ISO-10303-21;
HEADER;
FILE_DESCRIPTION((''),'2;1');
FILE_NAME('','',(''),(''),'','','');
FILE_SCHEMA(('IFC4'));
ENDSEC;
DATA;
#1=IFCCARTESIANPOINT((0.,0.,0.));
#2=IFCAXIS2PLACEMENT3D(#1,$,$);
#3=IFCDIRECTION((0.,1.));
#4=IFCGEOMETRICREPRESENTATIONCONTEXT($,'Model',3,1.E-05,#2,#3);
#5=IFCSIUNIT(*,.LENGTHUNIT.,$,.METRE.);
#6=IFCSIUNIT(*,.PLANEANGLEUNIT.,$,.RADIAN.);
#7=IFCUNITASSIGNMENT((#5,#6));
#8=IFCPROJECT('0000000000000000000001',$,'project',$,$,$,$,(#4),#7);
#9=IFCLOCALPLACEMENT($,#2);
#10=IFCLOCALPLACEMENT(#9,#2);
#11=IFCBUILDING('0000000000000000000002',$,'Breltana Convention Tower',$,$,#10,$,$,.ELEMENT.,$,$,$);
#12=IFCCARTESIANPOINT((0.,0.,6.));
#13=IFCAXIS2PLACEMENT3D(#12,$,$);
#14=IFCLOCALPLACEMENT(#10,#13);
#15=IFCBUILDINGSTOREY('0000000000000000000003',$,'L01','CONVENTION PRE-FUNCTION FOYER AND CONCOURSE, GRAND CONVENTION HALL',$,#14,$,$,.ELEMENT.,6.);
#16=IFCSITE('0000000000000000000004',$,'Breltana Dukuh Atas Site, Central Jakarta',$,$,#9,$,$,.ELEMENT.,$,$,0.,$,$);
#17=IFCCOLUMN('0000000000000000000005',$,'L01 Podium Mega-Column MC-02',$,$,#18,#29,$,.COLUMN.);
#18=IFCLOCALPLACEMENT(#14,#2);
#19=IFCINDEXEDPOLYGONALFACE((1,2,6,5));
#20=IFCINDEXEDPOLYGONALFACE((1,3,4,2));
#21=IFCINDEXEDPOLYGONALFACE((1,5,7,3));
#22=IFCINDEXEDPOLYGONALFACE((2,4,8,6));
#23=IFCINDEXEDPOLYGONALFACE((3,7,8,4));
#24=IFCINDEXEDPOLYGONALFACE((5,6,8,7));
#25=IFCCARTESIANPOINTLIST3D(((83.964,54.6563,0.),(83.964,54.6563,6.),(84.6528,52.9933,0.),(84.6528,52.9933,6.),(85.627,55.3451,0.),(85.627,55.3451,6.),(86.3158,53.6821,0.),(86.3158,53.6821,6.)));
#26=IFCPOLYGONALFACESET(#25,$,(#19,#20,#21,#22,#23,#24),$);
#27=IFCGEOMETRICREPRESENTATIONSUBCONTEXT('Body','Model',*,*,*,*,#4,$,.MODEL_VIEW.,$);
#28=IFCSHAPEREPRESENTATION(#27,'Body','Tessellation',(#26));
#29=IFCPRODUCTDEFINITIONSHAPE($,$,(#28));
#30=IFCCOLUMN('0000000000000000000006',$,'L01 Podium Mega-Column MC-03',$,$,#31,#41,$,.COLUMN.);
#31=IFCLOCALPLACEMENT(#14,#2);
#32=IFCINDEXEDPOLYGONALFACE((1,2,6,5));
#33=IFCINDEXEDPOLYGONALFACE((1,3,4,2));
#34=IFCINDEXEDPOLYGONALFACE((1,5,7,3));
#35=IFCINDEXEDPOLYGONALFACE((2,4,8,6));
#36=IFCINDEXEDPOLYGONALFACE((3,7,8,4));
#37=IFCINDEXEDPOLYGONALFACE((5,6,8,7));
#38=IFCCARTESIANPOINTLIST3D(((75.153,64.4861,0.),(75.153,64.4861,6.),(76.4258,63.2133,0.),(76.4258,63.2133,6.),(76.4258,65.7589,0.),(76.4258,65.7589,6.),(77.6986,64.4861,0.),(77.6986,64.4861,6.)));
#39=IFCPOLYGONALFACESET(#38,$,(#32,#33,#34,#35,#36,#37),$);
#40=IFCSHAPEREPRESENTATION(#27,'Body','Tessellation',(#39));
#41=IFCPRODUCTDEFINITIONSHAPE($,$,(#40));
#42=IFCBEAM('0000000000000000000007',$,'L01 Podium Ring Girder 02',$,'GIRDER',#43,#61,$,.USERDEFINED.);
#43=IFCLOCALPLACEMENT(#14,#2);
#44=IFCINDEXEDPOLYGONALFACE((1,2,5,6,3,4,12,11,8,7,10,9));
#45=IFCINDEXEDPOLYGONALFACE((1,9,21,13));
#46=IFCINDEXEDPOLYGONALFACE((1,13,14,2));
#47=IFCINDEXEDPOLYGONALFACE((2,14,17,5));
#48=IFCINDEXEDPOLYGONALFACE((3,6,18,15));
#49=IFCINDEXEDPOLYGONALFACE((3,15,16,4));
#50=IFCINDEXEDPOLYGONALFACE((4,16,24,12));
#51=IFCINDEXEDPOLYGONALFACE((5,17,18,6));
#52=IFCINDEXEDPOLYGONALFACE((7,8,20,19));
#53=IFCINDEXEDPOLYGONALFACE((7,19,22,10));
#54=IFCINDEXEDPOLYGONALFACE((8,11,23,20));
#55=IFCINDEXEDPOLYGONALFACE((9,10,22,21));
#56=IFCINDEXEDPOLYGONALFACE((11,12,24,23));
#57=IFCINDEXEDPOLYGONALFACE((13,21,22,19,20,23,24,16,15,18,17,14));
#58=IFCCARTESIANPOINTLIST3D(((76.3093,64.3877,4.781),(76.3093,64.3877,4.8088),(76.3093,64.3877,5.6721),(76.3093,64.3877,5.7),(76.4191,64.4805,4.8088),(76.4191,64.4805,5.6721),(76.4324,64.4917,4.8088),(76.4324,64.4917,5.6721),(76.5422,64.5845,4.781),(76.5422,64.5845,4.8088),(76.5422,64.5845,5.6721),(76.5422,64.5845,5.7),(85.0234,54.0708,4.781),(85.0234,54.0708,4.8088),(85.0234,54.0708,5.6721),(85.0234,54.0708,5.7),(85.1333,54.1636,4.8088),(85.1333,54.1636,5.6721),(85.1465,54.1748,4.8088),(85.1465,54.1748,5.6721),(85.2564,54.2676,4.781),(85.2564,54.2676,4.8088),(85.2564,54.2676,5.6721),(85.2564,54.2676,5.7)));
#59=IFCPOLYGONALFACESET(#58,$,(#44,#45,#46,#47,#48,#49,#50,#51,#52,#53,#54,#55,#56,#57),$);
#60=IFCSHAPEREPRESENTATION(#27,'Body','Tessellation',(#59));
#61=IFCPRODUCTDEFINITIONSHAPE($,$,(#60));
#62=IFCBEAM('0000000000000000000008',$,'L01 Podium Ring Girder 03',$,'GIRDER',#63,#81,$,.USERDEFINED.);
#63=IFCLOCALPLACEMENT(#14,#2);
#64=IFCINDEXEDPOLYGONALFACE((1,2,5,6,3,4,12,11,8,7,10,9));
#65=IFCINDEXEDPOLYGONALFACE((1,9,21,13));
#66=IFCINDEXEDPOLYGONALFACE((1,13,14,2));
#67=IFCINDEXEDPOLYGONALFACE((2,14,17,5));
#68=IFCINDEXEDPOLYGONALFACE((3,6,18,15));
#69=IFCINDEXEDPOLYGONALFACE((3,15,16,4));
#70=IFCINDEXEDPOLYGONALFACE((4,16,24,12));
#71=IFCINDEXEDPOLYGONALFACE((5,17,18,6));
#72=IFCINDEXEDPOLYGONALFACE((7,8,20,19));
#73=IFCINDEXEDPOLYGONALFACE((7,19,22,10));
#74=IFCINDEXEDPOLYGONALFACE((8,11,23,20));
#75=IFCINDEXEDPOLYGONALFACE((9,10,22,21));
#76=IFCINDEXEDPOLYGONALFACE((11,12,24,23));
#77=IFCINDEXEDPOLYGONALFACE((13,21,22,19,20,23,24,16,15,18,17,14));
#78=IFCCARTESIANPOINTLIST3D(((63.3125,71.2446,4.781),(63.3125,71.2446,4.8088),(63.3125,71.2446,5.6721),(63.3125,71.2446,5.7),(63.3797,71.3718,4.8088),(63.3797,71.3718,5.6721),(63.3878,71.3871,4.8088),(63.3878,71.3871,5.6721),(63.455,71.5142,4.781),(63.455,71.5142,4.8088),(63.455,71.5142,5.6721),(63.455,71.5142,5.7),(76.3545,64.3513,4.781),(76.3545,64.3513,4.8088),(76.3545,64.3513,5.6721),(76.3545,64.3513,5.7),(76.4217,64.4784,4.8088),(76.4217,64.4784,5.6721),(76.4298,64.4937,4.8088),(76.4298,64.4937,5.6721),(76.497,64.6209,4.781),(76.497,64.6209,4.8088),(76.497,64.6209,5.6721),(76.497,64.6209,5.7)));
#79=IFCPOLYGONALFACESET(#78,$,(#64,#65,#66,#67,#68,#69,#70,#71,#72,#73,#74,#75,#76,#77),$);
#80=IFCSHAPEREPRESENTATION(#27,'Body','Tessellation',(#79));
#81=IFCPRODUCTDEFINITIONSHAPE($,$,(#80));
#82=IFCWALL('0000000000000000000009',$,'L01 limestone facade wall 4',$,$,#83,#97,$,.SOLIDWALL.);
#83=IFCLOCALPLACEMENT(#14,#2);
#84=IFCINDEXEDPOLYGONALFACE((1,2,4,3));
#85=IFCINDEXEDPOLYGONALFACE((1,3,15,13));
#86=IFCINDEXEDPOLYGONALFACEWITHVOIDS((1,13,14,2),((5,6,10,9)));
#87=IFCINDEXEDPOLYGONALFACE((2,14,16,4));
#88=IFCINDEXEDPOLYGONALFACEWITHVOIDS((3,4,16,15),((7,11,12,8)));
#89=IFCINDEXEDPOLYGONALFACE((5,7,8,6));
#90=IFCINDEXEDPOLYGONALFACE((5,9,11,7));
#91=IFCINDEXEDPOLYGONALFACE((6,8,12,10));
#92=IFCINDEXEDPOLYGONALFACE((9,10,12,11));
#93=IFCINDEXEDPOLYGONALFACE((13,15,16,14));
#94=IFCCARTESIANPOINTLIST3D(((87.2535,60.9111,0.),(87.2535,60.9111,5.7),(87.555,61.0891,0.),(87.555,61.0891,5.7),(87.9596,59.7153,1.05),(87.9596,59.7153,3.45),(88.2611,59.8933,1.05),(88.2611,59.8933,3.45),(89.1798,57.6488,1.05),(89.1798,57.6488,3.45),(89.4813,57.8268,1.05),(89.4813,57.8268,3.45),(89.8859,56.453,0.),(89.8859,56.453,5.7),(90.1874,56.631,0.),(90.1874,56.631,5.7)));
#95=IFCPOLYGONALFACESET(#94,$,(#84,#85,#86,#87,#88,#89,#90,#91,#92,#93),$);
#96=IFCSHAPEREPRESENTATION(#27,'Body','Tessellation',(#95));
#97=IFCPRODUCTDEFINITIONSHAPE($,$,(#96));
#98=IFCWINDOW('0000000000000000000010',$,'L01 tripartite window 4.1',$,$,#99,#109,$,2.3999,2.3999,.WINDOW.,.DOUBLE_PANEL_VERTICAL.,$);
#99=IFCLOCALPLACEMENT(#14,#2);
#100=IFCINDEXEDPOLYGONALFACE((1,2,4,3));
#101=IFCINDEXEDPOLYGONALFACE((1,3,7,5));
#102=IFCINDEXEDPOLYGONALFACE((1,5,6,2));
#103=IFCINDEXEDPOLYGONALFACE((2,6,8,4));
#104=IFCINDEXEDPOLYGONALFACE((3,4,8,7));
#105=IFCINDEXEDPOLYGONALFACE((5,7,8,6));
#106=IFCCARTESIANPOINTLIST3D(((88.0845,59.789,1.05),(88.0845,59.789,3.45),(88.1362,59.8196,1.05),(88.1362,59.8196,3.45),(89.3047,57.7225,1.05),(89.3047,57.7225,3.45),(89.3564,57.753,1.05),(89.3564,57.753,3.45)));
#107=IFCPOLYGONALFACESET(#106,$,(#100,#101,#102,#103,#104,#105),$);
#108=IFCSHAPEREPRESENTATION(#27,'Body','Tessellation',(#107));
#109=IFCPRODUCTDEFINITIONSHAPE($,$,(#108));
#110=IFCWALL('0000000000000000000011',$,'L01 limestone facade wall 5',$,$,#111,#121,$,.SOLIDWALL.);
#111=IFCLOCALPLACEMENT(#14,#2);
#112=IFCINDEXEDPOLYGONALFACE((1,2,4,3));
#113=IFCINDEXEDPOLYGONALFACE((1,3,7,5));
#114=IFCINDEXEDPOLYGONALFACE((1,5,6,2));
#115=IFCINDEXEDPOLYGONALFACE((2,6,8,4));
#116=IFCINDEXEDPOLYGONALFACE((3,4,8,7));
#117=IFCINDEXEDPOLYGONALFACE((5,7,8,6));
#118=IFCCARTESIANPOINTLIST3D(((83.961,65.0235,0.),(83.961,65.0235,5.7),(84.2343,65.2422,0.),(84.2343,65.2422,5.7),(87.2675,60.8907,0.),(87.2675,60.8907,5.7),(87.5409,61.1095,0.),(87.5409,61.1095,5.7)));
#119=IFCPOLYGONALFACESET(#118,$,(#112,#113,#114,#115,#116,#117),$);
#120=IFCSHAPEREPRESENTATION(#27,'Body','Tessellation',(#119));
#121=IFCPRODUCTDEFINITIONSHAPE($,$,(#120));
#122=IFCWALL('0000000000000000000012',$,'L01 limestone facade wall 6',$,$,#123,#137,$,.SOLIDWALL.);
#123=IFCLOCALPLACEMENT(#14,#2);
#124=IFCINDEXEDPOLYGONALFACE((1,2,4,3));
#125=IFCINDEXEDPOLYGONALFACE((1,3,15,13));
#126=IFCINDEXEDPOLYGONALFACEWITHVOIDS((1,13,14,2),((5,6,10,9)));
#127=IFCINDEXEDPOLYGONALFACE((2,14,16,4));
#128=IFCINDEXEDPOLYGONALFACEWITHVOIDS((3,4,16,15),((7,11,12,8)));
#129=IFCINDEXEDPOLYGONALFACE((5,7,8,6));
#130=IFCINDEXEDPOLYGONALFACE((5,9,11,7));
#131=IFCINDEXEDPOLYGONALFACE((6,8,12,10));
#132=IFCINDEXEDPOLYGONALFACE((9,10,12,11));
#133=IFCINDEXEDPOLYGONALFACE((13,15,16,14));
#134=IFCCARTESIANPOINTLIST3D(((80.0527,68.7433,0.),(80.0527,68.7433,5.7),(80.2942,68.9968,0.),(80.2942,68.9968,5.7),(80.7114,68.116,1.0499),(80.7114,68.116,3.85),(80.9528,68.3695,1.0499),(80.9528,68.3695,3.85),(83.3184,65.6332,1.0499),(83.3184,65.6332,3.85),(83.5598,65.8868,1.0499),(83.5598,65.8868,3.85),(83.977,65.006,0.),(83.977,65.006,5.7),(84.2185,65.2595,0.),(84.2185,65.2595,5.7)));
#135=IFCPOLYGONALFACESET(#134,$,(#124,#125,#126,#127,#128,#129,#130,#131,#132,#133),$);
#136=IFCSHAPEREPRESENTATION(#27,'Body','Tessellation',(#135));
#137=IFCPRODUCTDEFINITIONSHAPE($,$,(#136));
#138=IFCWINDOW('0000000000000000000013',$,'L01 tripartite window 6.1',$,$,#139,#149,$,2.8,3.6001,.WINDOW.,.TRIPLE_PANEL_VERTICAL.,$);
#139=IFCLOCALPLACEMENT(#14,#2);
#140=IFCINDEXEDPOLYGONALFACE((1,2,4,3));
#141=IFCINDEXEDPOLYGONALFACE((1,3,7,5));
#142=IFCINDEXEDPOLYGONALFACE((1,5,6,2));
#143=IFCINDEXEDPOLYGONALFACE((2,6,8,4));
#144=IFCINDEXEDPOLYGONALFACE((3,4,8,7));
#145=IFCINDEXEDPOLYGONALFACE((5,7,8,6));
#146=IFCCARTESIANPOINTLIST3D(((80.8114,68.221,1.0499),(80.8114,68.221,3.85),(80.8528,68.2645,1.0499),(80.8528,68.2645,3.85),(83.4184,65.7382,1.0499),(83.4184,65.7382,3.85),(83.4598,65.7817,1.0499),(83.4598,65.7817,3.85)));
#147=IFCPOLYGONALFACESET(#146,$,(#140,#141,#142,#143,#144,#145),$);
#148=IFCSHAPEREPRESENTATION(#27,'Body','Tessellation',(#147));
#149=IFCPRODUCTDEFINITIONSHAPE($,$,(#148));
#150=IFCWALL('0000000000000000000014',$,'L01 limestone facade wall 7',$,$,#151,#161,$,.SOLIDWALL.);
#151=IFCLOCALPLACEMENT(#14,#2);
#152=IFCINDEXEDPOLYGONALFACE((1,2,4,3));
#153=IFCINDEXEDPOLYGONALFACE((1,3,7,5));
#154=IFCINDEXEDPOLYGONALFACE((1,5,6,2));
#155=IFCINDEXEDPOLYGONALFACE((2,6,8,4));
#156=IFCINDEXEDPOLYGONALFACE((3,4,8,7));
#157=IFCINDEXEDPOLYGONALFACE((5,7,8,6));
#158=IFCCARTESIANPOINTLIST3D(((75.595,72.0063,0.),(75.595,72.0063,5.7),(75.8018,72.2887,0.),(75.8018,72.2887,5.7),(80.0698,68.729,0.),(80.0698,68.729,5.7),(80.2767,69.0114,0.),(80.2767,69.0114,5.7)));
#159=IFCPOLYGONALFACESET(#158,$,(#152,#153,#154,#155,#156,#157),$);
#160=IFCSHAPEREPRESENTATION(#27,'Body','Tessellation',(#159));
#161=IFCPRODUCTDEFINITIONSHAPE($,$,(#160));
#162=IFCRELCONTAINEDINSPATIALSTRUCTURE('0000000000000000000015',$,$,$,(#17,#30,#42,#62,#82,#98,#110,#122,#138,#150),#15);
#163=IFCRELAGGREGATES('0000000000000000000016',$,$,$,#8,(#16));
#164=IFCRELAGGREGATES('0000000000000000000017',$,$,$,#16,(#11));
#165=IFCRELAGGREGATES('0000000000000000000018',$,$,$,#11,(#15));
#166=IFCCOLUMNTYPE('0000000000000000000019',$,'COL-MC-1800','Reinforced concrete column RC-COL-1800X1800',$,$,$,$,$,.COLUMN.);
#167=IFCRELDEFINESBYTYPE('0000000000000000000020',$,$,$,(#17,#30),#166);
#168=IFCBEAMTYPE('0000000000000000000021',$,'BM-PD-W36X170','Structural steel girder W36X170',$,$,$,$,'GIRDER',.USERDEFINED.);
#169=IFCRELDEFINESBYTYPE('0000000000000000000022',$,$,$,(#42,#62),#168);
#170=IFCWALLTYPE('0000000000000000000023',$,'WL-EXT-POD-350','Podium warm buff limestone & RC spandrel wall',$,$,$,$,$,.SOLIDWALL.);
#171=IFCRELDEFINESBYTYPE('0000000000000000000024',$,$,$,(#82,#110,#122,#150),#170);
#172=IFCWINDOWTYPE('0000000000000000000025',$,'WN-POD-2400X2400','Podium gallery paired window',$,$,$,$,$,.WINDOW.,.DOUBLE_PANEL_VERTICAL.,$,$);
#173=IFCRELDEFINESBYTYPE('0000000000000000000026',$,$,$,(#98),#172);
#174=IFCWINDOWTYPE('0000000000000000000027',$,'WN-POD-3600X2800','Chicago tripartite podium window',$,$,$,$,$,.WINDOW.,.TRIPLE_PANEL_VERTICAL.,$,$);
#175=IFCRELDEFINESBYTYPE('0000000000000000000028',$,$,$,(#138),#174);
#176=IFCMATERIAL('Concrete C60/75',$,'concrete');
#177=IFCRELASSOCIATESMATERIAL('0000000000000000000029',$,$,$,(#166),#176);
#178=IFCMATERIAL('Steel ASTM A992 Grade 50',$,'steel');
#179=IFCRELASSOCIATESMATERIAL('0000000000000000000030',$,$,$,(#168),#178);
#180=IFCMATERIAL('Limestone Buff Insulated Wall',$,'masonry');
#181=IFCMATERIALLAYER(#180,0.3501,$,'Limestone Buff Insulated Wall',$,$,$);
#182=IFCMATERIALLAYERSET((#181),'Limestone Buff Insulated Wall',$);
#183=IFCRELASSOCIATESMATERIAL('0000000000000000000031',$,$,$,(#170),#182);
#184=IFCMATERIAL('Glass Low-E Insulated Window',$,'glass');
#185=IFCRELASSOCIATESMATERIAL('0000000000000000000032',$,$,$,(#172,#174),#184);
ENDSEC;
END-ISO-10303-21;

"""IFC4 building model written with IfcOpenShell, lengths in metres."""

from ifc_helpers import new_model, si_unit, direction, frame, frame_2d, origin, origin_2d, place, context, subcontext, project, spatial, rectangle, i_section, extrude, source, transform, mapped, material, layer, layer_set, material_profile, profile_set, type_object, type_shapes, element, fill, save


model = new_model("IFC4")

# Units and contexts
model_context = context("Model", 3, precision=1e-05, world=origin(), true_north=direction((0.0, 1.0)))
body_context = subcontext(model_context, "Body", "Model", "MODEL_VIEW")
ifc_project = project(units=[si_unit("LENGTHUNIT", "METRE"), si_unit("PLANEANGLEUNIT", "RADIAN")], contexts=[model_context])

# Site, building, storey
site_placement = place(None, origin())
site = spatial("IfcSite", under=ifc_project, at=site_placement, Name="Breltana Dukuh Atas Site, Central Jakarta", CompositionType="ELEMENT", RefElevation=0.0)
building_placement = place(site_placement, origin())
building = spatial("IfcBuilding", under=site, at=building_placement, Name="Breltana Convention Tower", CompositionType="ELEMENT")
storey_placement = place(building_placement, frame((0.0, 0.0, 6.0)))
storey = spatial("IfcBuildingStorey", under=building, at=storey_placement, Name="L01", Description="CONVENTION PRE-FUNCTION FOYER AND CONCOURSE, GRAND CONVENTION HALL", CompositionType="ELEMENT", Elevation=6.0)

# Columns
ifc_material_1 = material(Name="Concrete C60/75", Category="concrete")
ifc_material_profile_1 = material_profile(ifc_material_1, rectangle(XDim=1.8, YDim=1.8, at=origin_2d()), Name="RC-COL-1800X1800")
ifc_profile_set_1 = profile_set([ifc_material_profile_1], Name="Concrete C60/75")
column_type = type_object("IfcColumnType", Name="COL-MC-1800", Description="Reinforced concrete column RC-COL-1800X1800", PredefinedType="COLUMN", material=ifc_profile_set_1)
shared_shape_1 = source(origin(), body_context, "Body", "SweptSolid", [
    extrude(rectangle(XDim=1.8, YDim=1.8, at=origin_2d()), origin(), (0.0, 0.0, 1.0), 6.0),
])
type_shapes(column_type, [shared_shape_1])
for number, where, z_axis, x_axis, name in (
    (1, (85.1399, 54.1692, 0.0), (0.0, 0.0, 1.0), (0.92388, 0.382683, 0.0), "L01 Podium Mega-Column MC-02"),
    (2, (76.4258, 64.4861, 0.0), (0.0, 0.0, 1.0), (0.707107, 0.707107, 0.0), "L01 Podium Mega-Column MC-03"),
):
    element("IfcColumn", number, at=place(storey_placement, frame(where, z_axis=z_axis, x_axis=x_axis)), inside=storey, type_object=column_type, Name=name, PredefinedType="COLUMN", context=body_context, shape_type="MappedRepresentation", body=[
        mapped(shared_shape_1, transform((0.0, 0.0, 0.0), scale=1.0)),
    ])

# Beams
ifc_material_2 = material(Name="Steel ASTM A992 Grade 50", Category="steel")
ifc_material_profile_2 = material_profile(ifc_material_2, i_section(OverallWidth=0.3049, OverallDepth=0.9189, WebThickness=0.0173, FlangeThickness=0.0278, at=origin_2d()), Name="W36X170")
ifc_profile_set_2 = profile_set([ifc_material_profile_2], Name="Steel ASTM A992 Grade 50")
beam_type = type_object("IfcBeamType", Name="BM-PD-W36X170", Description="Structural steel girder W36X170", ElementType="GIRDER", PredefinedType="USERDEFINED", material=ifc_profile_set_2)
shared_shape_2 = source(origin(), body_context, "Body", "SweptSolid", [
    extrude(i_section(OverallWidth=0.3049, OverallDepth=0.9189, WebThickness=0.0173, FlangeThickness=0.0278, at=origin_2d()), origin(), (0.0, 0.0, 1.0), 13.5046),
])
beam_1_placement = place(storey_placement, frame((85.1399, 54.1692, 5.2405), z_axis=(-0.64527, 0.763954, 0.0), x_axis=(-0.763954, -0.64527, 0.0)))
element("IfcBeam", 3, at=beam_1_placement, inside=storey, type_object=beam_type, Name="L01 Podium Ring Girder 02", ObjectType="GIRDER", PredefinedType="USERDEFINED", context=body_context, shape_type="MappedRepresentation", body=[
    mapped(shared_shape_2, transform((0.0, 0.0, 0.0), scale=1.0)),
])
shared_shape_3 = source(origin(), body_context, "Body", "SweptSolid", [
    extrude(i_section(OverallWidth=0.3049, OverallDepth=0.9189, WebThickness=0.0173, FlangeThickness=0.0278, at=origin_2d()), origin(), (0.0, 0.0, 1.0), 14.7517),
])
beam_2_placement = place(storey_placement, frame((76.4258, 64.4861, 5.2405), z_axis=(-0.884104, 0.467291, 0.0), x_axis=(-0.467291, -0.884104, 0.0)))
element("IfcBeam", 4, at=beam_2_placement, inside=storey, type_object=beam_type, Name="L01 Podium Ring Girder 03", ObjectType="GIRDER", PredefinedType="USERDEFINED", context=body_context, shape_type="MappedRepresentation", body=[
    mapped(shared_shape_3, transform((0.0, 0.0, 0.0), scale=1.0)),
])

# Wall, opening, window
ifc_material_3 = material(Name="Limestone Buff Insulated Wall", Category="masonry")
ifc_layer_1 = layer(ifc_material_3, 0.3501, Name="Limestone Buff Insulated Wall")
ifc_layer_set_1 = layer_set([ifc_layer_1], Name="Limestone Buff Insulated Wall")
wall_type_1 = type_object("IfcWallType", Name="WL-EXT-POD-350", Description="Podium warm buff limestone & RC spandrel wall", PredefinedType="SOLIDWALL", material=ifc_layer_set_1)
shared_shape_4 = source(origin(), body_context, "Body", "SweptSolid", [
    extrude(rectangle(XDim=5.1772, YDim=0.3501, at=frame_2d((2.5886, 0.0))), origin(), (0.0, 0.0, 1.0), 5.7),
])
wall_1_placement = place(storey_placement, frame((90.0366, 56.542, 0.0), z_axis=(0.0, 0.0, 1.0), x_axis=(-0.50845, 0.861092, 0.0)))
wall_1 = element("IfcWall", 5, at=wall_1_placement, inside=storey, type_object=wall_type_1, Name="L01 limestone facade wall 4", PredefinedType="SOLIDWALL", context=body_context, shape_type="MappedRepresentation", body=[
    mapped(shared_shape_4, transform((0.0, 0.0, 0.0), scale=1.0)),
])
opening_1_placement = place(wall_1_placement, frame((1.3887, 0.0, 1.05)))
opening_1 = element("IfcOpeningElement", 6, at=opening_1_placement, cuts=wall_1, PredefinedType="OPENING", context=body_context, shape_type="SweptSolid", body=[
    extrude(rectangle(XDim=2.3999, YDim=2.3999, at=frame_2d((1.2, 1.2))), frame((0.0, 0.1851, 0.0), z_axis=(0.0, -1.0, 0.0), x_axis=(1.0, 0.0, 0.0)), (0.0, 0.0, 1.0), 0.3701),
])
ifc_material_4 = material(Name="Glass Low-E Insulated Window", Category="glass")
window_type_1 = type_object("IfcWindowType", Name="WN-POD-2400X2400", Description="Podium gallery paired window", PartitioningType="DOUBLE_PANEL_VERTICAL", PredefinedType="WINDOW", material=ifc_material_4)
shared_shape_5 = source(origin(), body_context, "Body", "SweptSolid", [
    extrude(rectangle(XDim=2.3999, YDim=2.3999, at=frame_2d((1.2, 1.2))), frame((0.0, 0.03, 0.0), z_axis=(0.0, -1.0, 0.0), x_axis=(1.0, 0.0, 0.0)), (0.0, 0.0, 1.0), 0.0601),
])
type_shapes(window_type_1, [shared_shape_5])
window_1_placement = place(opening_1_placement, origin())
window_1 = element("IfcWindow", 7, at=window_1_placement, inside=storey, type_object=window_type_1, Name="L01 tripartite window 4.1", OverallHeight=2.3999, OverallWidth=2.3999, PartitioningType="DOUBLE_PANEL_VERTICAL", PredefinedType="WINDOW", context=body_context, shape_type="MappedRepresentation", body=[
    mapped(shared_shape_5, transform((0.0, 0.0, 0.0), scale=1.0)),
])
fill(opening_1, window_1)

# Wall
shared_shape_6 = source(origin(), body_context, "Body", "SweptSolid", [
    extrude(rectangle(XDim=5.2927, YDim=0.3501, at=frame_2d((2.6465, 0.0))), origin(), (0.0, 0.0, 1.0), 5.7),
])
wall_2_placement = place(storey_placement, frame((87.4043, 61.0, 0.0), z_axis=(0.0, 0.0, 1.0), x_axis=(-0.62474, 0.780833, 0.0)))
element("IfcWall", 8, at=wall_2_placement, inside=storey, type_object=wall_type_1, Name="L01 limestone facade wall 5", PredefinedType="SOLIDWALL", context=body_context, shape_type="MappedRepresentation", body=[
    mapped(shared_shape_6, transform((0.0, 0.0, 0.0), scale=1.0)),
])

# Wall, opening, window
shared_shape_7 = source(origin(), body_context, "Body", "SweptSolid", [
    extrude(rectangle(XDim=5.4192, YDim=0.3501, at=frame_2d((2.7095, 0.0))), origin(), (0.0, 0.0, 1.0), 5.7),
])
wall_3_placement = place(storey_placement, frame((84.0977, 65.1328, 0.0), z_axis=(0.0, 0.0, 1.0), x_axis=(-0.724151, 0.689642, 0.0)))
wall_3 = element("IfcWall", 9, at=wall_3_placement, inside=storey, type_object=wall_type_1, Name="L01 limestone facade wall 6", PredefinedType="SOLIDWALL", context=body_context, shape_type="MappedRepresentation", body=[
    mapped(shared_shape_7, transform((0.0, 0.0, 0.0), scale=1.0)),
])
opening_2_placement = place(wall_3_placement, frame((0.9094, 0.0, 1.05)))
opening_2 = element("IfcOpeningElement", 10, at=opening_2_placement, cuts=wall_3, PredefinedType="OPENING", context=body_context, shape_type="SweptSolid", body=[
    extrude(rectangle(XDim=3.6001, YDim=2.8, at=frame_2d((1.8, 1.3999))), frame((0.0, 0.1851, 0.0), z_axis=(0.0, -1.0, 0.0), x_axis=(1.0, 0.0, 0.0)), (0.0, 0.0, 1.0), 0.3701),
])
window_type_2 = type_object("IfcWindowType", Name="WN-POD-3600X2800", Description="Chicago tripartite podium window", PartitioningType="TRIPLE_PANEL_VERTICAL", PredefinedType="WINDOW", material=ifc_material_4)
shared_shape_8 = source(origin(), body_context, "Body", "SweptSolid", [
    extrude(rectangle(XDim=3.6001, YDim=2.8, at=frame_2d((1.8, 1.3999))), frame((0.0, 0.03, 0.0), z_axis=(0.0, -1.0, 0.0), x_axis=(1.0, 0.0, 0.0)), (0.0, 0.0, 1.0), 0.0601),
])
type_shapes(window_type_2, [shared_shape_8])
window_2_placement = place(opening_2_placement, origin())
window_2 = element("IfcWindow", 11, at=window_2_placement, inside=storey, type_object=window_type_2, Name="L01 tripartite window 6.1", OverallHeight=2.8, OverallWidth=3.6001, PartitioningType="TRIPLE_PANEL_VERTICAL", PredefinedType="WINDOW", context=body_context, shape_type="MappedRepresentation", body=[
    mapped(shared_shape_8, transform((0.0, 0.0, 0.0), scale=1.0)),
])
fill(opening_2, window_2)

# Wall
shared_shape_9 = source(origin(), body_context, "Body", "SweptSolid", [
    extrude(rectangle(XDim=5.5466, YDim=0.3501, at=frame_2d((2.7734, 0.0))), origin(), (0.0, 0.0, 1.0), 5.7),
])
wall_4_placement = place(storey_placement, frame((80.1733, 68.8701, 0.0), z_axis=(0.0, 0.0, 1.0), x_axis=(-0.806767, 0.590869, 0.0)))
element("IfcWall", 12, at=wall_4_placement, inside=storey, type_object=wall_type_1, Name="L01 limestone facade wall 7", PredefinedType="SOLIDWALL", context=body_context, shape_type="MappedRepresentation", body=[
    mapped(shared_shape_9, transform((0.0, 0.0, 0.0), scale=1.0)),
])

save(model, "model.ifc")
